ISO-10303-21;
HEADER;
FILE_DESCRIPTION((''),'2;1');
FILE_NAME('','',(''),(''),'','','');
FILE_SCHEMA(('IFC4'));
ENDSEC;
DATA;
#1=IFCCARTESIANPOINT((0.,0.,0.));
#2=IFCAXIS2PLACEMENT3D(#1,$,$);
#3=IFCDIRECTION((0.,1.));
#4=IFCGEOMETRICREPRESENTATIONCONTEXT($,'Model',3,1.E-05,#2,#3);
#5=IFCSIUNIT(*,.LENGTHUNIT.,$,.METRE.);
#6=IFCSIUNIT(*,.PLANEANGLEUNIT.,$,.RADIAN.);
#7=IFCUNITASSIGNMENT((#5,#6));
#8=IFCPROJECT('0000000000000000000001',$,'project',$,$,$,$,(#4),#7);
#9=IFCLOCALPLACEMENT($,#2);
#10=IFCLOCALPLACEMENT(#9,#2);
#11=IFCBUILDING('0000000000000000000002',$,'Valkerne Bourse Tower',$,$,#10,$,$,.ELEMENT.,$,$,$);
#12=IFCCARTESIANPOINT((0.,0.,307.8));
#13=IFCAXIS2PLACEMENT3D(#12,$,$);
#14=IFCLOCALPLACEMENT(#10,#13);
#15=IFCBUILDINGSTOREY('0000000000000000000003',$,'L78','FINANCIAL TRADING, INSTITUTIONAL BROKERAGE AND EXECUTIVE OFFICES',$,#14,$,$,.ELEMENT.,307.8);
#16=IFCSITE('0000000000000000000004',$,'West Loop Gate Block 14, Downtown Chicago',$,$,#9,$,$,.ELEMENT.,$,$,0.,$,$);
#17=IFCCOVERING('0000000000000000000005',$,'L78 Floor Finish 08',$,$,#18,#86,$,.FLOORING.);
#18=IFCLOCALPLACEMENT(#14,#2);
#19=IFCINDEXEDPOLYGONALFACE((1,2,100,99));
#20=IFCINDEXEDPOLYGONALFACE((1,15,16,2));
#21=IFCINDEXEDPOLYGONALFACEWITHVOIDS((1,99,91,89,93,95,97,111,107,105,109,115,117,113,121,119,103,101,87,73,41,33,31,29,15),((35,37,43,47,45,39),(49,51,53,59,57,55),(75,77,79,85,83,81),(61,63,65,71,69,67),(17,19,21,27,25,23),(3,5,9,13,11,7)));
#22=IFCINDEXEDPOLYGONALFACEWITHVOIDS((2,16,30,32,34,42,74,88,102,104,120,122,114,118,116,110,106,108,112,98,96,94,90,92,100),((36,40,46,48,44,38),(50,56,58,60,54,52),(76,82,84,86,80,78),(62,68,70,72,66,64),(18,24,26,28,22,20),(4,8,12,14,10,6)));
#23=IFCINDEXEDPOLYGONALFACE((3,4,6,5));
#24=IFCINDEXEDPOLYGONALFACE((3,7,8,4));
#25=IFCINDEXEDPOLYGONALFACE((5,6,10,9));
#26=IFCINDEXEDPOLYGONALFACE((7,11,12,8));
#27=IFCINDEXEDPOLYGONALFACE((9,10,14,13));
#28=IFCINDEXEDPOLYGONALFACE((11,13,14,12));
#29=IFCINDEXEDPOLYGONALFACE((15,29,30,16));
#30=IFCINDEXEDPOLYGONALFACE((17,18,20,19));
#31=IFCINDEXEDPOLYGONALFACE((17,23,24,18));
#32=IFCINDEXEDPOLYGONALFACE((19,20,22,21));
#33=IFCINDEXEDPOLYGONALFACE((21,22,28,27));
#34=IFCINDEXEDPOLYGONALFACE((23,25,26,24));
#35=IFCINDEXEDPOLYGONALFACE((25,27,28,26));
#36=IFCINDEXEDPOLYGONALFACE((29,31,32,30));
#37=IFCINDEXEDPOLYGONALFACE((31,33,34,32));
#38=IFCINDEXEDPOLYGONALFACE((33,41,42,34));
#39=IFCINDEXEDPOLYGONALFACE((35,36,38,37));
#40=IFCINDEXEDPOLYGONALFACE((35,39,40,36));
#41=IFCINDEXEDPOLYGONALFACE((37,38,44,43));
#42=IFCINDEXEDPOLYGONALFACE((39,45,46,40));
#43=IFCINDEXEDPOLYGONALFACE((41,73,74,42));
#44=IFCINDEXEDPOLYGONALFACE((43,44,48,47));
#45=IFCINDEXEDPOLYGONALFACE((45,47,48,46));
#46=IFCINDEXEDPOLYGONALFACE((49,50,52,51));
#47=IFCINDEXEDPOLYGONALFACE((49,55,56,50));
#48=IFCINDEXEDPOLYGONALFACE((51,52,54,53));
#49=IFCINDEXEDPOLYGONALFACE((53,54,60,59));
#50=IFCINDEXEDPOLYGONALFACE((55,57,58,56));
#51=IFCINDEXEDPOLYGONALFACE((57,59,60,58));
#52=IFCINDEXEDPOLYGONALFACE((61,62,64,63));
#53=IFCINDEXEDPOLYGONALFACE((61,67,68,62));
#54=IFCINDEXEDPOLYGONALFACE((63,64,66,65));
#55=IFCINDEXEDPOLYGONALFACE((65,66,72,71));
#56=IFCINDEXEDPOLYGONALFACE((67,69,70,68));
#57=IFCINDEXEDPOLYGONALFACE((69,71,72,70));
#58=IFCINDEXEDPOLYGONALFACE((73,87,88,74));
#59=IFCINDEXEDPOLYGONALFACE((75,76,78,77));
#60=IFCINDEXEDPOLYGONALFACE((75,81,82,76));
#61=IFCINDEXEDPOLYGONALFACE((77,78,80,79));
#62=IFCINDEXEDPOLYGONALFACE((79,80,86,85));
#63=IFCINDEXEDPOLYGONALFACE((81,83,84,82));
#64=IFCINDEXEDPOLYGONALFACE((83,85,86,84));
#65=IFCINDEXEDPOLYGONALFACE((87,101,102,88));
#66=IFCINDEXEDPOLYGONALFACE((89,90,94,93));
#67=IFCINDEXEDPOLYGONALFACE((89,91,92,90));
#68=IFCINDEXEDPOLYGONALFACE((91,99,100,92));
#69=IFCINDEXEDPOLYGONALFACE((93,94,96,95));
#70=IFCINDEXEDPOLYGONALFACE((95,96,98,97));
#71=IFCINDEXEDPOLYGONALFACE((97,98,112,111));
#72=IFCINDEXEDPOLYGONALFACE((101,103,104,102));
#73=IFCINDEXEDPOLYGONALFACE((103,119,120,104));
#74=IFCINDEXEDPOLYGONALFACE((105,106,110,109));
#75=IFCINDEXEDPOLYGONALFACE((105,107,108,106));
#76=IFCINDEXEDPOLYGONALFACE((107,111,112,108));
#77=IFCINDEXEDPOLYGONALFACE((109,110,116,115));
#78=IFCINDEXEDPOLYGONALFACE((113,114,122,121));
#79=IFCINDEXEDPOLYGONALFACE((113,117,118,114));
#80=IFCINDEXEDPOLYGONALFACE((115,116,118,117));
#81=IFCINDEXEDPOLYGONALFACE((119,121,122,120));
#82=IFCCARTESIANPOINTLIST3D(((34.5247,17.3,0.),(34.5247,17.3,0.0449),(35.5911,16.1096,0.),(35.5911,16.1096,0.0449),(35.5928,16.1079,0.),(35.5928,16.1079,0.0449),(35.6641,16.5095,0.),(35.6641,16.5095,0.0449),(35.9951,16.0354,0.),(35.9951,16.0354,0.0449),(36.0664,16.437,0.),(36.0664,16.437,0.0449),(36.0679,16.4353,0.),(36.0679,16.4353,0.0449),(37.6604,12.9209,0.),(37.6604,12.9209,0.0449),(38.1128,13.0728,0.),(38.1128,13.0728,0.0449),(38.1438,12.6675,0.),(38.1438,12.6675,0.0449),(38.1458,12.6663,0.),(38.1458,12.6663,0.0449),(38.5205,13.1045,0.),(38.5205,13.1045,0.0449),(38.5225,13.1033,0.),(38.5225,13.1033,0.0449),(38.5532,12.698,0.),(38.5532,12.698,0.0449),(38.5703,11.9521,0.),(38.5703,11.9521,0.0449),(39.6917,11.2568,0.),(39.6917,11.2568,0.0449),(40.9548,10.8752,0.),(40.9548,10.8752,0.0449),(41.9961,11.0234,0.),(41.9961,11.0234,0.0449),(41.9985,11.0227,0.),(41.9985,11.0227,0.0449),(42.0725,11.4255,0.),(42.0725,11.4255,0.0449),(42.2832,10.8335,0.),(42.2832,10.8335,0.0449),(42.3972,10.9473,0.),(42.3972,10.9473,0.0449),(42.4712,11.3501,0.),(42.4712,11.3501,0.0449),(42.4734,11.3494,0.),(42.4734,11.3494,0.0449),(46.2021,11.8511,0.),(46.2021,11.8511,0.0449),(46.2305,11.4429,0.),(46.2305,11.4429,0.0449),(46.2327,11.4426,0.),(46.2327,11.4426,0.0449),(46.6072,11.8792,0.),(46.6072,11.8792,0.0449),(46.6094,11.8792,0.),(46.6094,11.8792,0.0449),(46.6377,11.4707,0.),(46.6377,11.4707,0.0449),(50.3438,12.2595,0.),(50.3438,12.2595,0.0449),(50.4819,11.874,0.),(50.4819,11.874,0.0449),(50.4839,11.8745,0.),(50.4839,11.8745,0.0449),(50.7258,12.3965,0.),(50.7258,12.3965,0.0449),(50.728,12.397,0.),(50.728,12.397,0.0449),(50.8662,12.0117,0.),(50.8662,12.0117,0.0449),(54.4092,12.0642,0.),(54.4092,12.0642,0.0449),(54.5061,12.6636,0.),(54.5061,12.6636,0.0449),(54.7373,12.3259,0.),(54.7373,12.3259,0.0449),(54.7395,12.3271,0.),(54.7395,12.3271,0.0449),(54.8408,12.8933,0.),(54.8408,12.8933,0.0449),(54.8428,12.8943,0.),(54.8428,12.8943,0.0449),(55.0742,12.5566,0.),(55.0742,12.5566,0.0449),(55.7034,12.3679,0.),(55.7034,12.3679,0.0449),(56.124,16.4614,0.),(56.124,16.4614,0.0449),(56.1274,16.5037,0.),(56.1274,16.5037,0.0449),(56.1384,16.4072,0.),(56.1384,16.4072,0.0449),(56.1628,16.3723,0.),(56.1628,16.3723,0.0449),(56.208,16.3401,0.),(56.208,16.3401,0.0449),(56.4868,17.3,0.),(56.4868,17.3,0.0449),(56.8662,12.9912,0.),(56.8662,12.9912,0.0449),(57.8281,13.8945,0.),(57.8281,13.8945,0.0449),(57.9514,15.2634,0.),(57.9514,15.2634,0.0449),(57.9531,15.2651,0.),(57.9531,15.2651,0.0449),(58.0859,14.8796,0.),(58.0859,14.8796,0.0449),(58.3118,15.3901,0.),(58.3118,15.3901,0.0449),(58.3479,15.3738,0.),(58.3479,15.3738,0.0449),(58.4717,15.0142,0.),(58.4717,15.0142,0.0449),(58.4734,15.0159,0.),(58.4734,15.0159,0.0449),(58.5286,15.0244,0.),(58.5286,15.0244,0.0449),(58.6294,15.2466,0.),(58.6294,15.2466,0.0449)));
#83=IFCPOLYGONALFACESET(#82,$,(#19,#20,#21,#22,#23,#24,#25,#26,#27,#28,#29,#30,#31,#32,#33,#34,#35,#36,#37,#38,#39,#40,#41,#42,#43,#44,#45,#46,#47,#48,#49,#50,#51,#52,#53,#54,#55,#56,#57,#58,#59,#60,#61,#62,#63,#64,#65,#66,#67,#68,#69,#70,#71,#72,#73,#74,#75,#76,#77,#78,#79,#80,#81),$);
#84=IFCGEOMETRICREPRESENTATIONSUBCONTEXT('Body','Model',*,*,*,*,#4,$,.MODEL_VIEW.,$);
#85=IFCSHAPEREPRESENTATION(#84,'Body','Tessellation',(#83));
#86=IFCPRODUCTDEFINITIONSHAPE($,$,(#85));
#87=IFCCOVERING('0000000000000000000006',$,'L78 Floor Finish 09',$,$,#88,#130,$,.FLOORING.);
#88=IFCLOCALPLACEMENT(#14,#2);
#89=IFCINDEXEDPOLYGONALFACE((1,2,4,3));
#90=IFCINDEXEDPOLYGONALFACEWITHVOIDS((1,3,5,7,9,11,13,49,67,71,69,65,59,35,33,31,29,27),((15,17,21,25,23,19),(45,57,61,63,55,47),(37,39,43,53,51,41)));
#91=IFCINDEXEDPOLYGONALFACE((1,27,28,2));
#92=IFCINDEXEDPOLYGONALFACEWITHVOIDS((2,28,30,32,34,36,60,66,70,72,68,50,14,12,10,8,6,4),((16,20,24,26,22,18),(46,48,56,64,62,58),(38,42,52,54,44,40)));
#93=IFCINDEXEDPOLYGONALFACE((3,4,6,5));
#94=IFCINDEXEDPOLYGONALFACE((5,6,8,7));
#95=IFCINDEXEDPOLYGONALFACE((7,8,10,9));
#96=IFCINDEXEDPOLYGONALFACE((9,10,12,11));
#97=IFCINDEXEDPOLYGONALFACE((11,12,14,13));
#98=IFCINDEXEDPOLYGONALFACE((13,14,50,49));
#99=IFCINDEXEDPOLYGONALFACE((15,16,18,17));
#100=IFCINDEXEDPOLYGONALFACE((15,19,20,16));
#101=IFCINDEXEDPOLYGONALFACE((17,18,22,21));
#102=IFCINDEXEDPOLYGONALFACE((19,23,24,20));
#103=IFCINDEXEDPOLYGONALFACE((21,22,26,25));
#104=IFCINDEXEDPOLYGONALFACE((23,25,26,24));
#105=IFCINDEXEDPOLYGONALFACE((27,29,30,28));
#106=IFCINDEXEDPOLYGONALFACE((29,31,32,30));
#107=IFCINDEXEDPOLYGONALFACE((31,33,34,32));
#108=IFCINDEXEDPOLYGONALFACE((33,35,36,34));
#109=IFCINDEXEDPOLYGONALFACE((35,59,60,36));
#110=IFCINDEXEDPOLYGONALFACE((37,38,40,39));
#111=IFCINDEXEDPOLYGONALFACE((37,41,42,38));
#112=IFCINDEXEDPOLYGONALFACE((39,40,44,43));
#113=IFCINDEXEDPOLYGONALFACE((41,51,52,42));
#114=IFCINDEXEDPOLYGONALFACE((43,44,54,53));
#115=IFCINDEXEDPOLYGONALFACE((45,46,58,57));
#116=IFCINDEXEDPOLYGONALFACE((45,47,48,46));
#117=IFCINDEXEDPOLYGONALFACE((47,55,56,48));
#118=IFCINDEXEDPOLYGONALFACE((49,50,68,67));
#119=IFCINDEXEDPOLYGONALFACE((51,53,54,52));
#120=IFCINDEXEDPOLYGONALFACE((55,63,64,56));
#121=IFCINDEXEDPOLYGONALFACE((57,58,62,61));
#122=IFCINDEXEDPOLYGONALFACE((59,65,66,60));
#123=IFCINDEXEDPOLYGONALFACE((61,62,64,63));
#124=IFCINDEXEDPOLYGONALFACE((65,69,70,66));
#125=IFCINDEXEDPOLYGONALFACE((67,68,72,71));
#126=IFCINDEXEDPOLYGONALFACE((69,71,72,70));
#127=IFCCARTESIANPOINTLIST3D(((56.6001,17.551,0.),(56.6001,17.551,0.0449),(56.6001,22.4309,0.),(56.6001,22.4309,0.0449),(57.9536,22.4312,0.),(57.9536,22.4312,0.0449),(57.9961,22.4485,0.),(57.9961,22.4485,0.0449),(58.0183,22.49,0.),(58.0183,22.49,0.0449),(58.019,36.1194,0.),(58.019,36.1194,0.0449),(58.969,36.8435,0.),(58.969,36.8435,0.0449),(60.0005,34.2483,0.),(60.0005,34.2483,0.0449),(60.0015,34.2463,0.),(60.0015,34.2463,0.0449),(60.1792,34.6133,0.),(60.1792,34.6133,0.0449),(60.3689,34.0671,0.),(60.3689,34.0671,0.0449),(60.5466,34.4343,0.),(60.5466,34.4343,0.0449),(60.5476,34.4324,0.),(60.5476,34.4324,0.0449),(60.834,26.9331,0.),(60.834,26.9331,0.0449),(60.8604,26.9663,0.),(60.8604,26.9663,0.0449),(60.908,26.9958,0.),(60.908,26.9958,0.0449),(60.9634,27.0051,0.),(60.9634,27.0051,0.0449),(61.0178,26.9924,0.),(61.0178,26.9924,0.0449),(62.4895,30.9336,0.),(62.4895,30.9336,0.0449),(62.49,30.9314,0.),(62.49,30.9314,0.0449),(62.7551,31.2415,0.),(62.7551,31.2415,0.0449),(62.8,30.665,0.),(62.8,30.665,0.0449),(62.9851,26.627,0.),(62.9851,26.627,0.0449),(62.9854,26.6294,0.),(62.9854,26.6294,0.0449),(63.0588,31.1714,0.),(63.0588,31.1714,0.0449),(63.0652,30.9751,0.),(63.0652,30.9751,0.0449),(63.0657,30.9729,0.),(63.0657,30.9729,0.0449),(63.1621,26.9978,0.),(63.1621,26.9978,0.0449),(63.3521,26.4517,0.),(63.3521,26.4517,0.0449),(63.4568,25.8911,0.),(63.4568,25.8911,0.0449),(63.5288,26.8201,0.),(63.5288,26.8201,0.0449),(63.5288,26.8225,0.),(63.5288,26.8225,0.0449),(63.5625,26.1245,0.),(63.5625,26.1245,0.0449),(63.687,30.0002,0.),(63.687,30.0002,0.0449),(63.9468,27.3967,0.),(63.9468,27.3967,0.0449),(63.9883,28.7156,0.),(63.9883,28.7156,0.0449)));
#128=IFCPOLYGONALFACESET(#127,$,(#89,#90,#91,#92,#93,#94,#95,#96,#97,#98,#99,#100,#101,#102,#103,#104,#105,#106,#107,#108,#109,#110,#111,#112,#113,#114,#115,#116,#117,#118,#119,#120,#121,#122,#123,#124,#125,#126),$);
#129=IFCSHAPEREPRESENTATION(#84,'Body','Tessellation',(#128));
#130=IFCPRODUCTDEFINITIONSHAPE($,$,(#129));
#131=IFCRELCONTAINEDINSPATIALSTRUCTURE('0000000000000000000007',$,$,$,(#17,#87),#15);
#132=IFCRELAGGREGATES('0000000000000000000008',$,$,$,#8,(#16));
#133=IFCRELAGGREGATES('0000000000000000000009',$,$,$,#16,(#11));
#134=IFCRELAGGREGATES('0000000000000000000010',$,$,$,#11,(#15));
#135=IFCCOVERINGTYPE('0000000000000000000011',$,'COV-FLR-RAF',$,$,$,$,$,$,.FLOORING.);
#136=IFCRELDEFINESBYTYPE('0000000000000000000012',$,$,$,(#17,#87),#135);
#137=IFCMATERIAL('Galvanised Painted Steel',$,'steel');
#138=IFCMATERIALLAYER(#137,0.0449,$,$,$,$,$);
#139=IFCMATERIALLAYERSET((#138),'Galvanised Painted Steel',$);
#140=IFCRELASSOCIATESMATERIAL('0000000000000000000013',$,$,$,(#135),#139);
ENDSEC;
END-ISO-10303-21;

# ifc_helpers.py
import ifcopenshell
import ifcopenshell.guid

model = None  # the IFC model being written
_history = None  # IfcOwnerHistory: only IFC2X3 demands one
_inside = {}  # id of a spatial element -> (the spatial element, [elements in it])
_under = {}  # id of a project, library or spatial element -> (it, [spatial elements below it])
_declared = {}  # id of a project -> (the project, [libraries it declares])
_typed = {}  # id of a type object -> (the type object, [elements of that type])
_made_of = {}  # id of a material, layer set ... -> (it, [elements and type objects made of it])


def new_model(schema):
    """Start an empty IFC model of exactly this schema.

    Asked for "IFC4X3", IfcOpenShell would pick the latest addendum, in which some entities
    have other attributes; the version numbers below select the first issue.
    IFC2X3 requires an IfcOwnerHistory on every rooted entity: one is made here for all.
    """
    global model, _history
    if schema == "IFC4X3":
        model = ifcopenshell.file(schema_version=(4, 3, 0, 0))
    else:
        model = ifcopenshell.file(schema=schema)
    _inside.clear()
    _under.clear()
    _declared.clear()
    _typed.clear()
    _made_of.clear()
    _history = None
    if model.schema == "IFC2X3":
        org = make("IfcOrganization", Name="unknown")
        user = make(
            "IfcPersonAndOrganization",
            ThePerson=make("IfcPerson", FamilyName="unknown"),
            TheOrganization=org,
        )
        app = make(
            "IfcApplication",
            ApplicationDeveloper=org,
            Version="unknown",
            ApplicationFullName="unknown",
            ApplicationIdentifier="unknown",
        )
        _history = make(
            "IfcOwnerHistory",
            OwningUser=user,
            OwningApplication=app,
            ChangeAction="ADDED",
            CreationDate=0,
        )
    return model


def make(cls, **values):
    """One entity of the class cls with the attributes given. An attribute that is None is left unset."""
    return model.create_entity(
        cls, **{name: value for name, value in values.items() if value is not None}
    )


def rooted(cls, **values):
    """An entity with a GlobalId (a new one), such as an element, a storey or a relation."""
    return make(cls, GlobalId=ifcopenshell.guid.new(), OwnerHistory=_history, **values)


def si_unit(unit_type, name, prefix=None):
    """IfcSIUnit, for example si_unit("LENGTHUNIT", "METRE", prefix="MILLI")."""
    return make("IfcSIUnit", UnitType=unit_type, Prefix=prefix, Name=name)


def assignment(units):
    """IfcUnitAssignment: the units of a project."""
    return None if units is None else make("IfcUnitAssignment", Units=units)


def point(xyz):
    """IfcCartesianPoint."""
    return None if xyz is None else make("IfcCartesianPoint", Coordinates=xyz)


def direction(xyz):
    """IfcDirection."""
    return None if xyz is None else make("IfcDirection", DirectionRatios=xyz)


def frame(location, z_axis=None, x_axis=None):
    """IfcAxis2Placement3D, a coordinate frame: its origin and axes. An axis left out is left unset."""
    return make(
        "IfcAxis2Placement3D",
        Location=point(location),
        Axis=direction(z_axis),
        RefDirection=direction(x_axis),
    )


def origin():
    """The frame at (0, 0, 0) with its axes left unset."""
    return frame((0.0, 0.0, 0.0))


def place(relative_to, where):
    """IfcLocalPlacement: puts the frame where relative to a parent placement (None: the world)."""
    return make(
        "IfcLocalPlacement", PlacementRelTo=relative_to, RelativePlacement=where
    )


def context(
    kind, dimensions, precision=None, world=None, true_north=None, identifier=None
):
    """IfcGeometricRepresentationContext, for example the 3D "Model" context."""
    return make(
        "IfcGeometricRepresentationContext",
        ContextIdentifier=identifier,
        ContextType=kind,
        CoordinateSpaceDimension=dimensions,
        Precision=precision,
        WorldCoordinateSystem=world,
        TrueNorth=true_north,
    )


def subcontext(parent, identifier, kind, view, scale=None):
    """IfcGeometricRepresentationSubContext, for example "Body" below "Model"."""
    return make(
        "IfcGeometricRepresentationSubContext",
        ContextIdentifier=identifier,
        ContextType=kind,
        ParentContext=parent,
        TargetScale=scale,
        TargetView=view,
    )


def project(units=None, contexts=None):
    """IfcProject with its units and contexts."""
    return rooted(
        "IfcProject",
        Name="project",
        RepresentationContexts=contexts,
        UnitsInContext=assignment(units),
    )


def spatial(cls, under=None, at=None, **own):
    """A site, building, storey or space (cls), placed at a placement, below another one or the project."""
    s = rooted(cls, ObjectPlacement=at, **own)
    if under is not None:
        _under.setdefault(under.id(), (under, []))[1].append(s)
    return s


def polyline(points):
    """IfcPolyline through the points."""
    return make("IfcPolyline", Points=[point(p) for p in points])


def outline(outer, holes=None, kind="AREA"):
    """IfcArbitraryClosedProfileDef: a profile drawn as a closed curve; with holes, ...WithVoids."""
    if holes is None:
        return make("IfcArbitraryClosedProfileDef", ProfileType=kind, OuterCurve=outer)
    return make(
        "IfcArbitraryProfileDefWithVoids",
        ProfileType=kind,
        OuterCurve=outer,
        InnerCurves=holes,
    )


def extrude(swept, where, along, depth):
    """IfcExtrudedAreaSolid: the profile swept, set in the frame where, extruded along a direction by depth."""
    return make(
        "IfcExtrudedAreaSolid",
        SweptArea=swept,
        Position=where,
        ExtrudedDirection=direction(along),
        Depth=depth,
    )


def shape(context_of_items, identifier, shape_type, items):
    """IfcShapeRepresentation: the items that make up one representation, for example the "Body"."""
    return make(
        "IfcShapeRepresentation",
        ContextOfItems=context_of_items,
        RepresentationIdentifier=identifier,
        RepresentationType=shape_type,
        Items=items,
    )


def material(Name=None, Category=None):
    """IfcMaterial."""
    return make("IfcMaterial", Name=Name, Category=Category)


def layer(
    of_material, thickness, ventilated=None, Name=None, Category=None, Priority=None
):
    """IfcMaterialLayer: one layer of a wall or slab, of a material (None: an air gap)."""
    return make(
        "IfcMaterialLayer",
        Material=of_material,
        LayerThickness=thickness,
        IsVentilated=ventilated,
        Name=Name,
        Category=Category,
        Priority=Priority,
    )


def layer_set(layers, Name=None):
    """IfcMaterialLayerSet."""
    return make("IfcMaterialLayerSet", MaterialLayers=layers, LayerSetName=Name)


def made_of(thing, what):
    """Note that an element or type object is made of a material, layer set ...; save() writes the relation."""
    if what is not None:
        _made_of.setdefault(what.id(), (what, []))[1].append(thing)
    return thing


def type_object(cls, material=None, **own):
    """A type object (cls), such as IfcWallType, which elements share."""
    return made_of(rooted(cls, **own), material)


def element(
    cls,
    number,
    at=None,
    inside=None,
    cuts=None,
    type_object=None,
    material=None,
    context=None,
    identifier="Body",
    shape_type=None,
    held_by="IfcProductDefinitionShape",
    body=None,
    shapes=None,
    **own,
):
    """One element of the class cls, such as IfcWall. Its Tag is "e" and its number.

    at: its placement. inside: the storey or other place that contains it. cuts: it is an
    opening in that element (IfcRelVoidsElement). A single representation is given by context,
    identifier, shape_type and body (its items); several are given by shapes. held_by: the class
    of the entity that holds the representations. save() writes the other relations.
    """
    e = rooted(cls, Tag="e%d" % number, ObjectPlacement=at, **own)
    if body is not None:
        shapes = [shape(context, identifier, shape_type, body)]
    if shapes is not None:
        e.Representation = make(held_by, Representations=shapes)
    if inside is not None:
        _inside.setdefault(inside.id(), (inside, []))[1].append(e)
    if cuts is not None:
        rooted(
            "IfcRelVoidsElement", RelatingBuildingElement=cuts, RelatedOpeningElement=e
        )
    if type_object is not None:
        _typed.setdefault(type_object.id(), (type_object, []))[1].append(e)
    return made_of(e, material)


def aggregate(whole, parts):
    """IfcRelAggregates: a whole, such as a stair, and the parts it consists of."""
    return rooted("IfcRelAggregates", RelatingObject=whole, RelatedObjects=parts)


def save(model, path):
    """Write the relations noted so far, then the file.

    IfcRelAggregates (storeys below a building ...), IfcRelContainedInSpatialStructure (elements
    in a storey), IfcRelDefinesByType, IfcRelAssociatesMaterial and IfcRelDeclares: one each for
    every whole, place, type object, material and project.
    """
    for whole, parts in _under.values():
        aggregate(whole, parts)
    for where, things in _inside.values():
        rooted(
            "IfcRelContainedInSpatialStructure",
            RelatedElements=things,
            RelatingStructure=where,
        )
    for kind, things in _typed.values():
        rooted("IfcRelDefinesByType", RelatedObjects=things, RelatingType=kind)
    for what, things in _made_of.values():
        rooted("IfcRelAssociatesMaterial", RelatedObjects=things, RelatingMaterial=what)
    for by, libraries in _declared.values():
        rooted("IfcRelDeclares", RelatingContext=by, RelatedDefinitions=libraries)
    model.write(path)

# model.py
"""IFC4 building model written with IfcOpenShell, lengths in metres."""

from ifc_helpers import new_model, si_unit, direction, frame, origin, place, context, subcontext, project, spatial, polyline, outline, extrude, material, layer, layer_set, type_object, element, save


model = new_model("IFC4")

# Units and contexts
model_context = context("Model", 3, precision=1e-05, world=origin(), true_north=direction((0.0, 1.0)))
body_context = subcontext(model_context, "Body", "Model", "MODEL_VIEW")
ifc_project = project(units=[si_unit("LENGTHUNIT", "METRE"), si_unit("PLANEANGLEUNIT", "RADIAN")], contexts=[model_context])

# Site, building, storey
site_placement = place(None, origin())
site = spatial("IfcSite", under=ifc_project, at=site_placement, Name="West Loop Gate Block 14, Downtown Chicago", CompositionType="ELEMENT", RefElevation=0.0)
building_placement = place(site_placement, origin())
building = spatial("IfcBuilding", under=site, at=building_placement, Name="Valkerne Bourse Tower", CompositionType="ELEMENT")
storey_placement = place(building_placement, frame((0.0, 0.0, 307.8)))
storey = spatial("IfcBuildingStorey", under=building, at=storey_placement, Name="L78", Description="FINANCIAL TRADING, INSTITUTIONAL BROKERAGE AND EXECUTIVE OFFICES", CompositionType="ELEMENT", Elevation=307.8)

# Coverings
ifc_material_1 = material(Name="Galvanised Painted Steel", Category="steel")
ifc_layer_1 = layer(ifc_material_1, 0.0449)
ifc_layer_set_1 = layer_set([ifc_layer_1], Name="Galvanised Painted Steel")
covering_type_1 = type_object("IfcCoveringType", Name="COV-FLR-RAF", PredefinedType="FLOORING", material=ifc_layer_set_1)
covering_1_placement = place(storey_placement, origin())
element("IfcCovering", 1, at=covering_1_placement, inside=storey, type_object=covering_type_1, Name="L78 Floor Finish 08", PredefinedType="FLOORING", context=body_context, shape_type="SweptSolid", body=[
    extrude(outline(polyline([(54.4092, 12.0642), (42.2832, 10.8335), (40.9548, 10.8752), (39.6917, 11.2568), (38.5703, 11.9521), (37.6604, 12.9209), (34.5247, 17.3), (56.4868, 17.3), (56.1274, 16.5037), (56.124, 16.4614), (56.1384, 16.4072), (56.1628, 16.3723), (56.208, 16.3401), (58.3118, 15.3901), (57.9531, 15.2651), (57.9514, 15.2634), (58.0859, 14.8796), (58.4717, 15.0142), (58.4734, 15.0159), (58.3479, 15.3738), (58.6294, 15.2466), (58.5286, 15.0244), (57.8281, 13.8945), (56.8662, 12.9912), (55.7034, 12.3679), (54.4092, 12.0642)]), holes=[polyline([(42.4712, 11.3501), (42.0725, 11.4255), (41.9961, 11.0234), (41.9985, 11.0227), (42.3972, 10.9473), (42.4734, 11.3494), (42.4712, 11.3501)]), polyline([(46.6094, 11.8792), (46.6072, 11.8792), (46.2021, 11.8511), (46.2305, 11.4429), (46.2327, 11.4426), (46.6377, 11.4707), (46.6094, 11.8792)]), polyline([(38.5225, 13.1033), (38.5205, 13.1045), (38.1128, 13.0728), (38.1438, 12.6675), (38.1458, 12.6663), (38.5532, 12.698), (38.5225, 13.1033)]), polyline([(36.0664, 16.437), (35.6641, 16.5095), (35.5911, 16.1096), (35.5928, 16.1079), (35.9951, 16.0354), (36.0679, 16.4353), (36.0664, 16.437)]), polyline([(50.8662, 12.0117), (50.728, 12.397), (50.7258, 12.3965), (50.3438, 12.2595), (50.4819, 11.874), (50.4839, 11.8745), (50.8662, 12.0117)]), polyline([(55.0742, 12.5566), (54.8428, 12.8943), (54.8408, 12.8933), (54.5061, 12.6636), (54.7373, 12.3259), (54.7395, 12.3271), (55.0742, 12.5566)])]), origin(), (0.0, 0.0, 1.0), 0.0449),
])
covering_2_placement = place(storey_placement, origin())
element("IfcCovering", 2, at=covering_2_placement, inside=storey, type_object=covering_type_1, Name="L78 Floor Finish 09", PredefinedType="FLOORING", context=body_context, shape_type="SweptSolid", body=[
    extrude(outline(polyline([(57.9536, 22.4312), (57.9961, 22.4485), (58.0183, 22.49), (58.019, 36.1194), (58.969, 36.8435), (63.0588, 31.1714), (63.687, 30.0002), (63.9883, 28.7156), (63.9468, 27.3967), (63.5625, 26.1245), (63.4568, 25.8911), (61.0178, 26.9924), (60.9634, 27.0051), (60.908, 26.9958), (60.8604, 26.9663), (60.834, 26.9331), (56.6001, 17.551), (56.6001, 22.4309), (57.9536, 22.4312)]), holes=[polyline([(63.5288, 26.8201), (63.5288, 26.8225), (63.1621, 26.9978), (62.9854, 26.6294), (62.9851, 26.627), (63.3521, 26.4517), (63.5288, 26.8201)]), polyline([(63.0652, 30.9751), (62.7551, 31.2415), (62.4895, 30.9336), (62.49, 30.9314), (62.8, 30.665), (63.0657, 30.9729), (63.0652, 30.9751)]), polyline([(60.5466, 34.4343), (60.1792, 34.6133), (60.0005, 34.2483), (60.0015, 34.2463), (60.3689, 34.0671), (60.5476, 34.4324), (60.5466, 34.4343)])]), origin(), (0.0, 0.0, 1.0), 0.0449),
])

save(model, "model.ifc")
